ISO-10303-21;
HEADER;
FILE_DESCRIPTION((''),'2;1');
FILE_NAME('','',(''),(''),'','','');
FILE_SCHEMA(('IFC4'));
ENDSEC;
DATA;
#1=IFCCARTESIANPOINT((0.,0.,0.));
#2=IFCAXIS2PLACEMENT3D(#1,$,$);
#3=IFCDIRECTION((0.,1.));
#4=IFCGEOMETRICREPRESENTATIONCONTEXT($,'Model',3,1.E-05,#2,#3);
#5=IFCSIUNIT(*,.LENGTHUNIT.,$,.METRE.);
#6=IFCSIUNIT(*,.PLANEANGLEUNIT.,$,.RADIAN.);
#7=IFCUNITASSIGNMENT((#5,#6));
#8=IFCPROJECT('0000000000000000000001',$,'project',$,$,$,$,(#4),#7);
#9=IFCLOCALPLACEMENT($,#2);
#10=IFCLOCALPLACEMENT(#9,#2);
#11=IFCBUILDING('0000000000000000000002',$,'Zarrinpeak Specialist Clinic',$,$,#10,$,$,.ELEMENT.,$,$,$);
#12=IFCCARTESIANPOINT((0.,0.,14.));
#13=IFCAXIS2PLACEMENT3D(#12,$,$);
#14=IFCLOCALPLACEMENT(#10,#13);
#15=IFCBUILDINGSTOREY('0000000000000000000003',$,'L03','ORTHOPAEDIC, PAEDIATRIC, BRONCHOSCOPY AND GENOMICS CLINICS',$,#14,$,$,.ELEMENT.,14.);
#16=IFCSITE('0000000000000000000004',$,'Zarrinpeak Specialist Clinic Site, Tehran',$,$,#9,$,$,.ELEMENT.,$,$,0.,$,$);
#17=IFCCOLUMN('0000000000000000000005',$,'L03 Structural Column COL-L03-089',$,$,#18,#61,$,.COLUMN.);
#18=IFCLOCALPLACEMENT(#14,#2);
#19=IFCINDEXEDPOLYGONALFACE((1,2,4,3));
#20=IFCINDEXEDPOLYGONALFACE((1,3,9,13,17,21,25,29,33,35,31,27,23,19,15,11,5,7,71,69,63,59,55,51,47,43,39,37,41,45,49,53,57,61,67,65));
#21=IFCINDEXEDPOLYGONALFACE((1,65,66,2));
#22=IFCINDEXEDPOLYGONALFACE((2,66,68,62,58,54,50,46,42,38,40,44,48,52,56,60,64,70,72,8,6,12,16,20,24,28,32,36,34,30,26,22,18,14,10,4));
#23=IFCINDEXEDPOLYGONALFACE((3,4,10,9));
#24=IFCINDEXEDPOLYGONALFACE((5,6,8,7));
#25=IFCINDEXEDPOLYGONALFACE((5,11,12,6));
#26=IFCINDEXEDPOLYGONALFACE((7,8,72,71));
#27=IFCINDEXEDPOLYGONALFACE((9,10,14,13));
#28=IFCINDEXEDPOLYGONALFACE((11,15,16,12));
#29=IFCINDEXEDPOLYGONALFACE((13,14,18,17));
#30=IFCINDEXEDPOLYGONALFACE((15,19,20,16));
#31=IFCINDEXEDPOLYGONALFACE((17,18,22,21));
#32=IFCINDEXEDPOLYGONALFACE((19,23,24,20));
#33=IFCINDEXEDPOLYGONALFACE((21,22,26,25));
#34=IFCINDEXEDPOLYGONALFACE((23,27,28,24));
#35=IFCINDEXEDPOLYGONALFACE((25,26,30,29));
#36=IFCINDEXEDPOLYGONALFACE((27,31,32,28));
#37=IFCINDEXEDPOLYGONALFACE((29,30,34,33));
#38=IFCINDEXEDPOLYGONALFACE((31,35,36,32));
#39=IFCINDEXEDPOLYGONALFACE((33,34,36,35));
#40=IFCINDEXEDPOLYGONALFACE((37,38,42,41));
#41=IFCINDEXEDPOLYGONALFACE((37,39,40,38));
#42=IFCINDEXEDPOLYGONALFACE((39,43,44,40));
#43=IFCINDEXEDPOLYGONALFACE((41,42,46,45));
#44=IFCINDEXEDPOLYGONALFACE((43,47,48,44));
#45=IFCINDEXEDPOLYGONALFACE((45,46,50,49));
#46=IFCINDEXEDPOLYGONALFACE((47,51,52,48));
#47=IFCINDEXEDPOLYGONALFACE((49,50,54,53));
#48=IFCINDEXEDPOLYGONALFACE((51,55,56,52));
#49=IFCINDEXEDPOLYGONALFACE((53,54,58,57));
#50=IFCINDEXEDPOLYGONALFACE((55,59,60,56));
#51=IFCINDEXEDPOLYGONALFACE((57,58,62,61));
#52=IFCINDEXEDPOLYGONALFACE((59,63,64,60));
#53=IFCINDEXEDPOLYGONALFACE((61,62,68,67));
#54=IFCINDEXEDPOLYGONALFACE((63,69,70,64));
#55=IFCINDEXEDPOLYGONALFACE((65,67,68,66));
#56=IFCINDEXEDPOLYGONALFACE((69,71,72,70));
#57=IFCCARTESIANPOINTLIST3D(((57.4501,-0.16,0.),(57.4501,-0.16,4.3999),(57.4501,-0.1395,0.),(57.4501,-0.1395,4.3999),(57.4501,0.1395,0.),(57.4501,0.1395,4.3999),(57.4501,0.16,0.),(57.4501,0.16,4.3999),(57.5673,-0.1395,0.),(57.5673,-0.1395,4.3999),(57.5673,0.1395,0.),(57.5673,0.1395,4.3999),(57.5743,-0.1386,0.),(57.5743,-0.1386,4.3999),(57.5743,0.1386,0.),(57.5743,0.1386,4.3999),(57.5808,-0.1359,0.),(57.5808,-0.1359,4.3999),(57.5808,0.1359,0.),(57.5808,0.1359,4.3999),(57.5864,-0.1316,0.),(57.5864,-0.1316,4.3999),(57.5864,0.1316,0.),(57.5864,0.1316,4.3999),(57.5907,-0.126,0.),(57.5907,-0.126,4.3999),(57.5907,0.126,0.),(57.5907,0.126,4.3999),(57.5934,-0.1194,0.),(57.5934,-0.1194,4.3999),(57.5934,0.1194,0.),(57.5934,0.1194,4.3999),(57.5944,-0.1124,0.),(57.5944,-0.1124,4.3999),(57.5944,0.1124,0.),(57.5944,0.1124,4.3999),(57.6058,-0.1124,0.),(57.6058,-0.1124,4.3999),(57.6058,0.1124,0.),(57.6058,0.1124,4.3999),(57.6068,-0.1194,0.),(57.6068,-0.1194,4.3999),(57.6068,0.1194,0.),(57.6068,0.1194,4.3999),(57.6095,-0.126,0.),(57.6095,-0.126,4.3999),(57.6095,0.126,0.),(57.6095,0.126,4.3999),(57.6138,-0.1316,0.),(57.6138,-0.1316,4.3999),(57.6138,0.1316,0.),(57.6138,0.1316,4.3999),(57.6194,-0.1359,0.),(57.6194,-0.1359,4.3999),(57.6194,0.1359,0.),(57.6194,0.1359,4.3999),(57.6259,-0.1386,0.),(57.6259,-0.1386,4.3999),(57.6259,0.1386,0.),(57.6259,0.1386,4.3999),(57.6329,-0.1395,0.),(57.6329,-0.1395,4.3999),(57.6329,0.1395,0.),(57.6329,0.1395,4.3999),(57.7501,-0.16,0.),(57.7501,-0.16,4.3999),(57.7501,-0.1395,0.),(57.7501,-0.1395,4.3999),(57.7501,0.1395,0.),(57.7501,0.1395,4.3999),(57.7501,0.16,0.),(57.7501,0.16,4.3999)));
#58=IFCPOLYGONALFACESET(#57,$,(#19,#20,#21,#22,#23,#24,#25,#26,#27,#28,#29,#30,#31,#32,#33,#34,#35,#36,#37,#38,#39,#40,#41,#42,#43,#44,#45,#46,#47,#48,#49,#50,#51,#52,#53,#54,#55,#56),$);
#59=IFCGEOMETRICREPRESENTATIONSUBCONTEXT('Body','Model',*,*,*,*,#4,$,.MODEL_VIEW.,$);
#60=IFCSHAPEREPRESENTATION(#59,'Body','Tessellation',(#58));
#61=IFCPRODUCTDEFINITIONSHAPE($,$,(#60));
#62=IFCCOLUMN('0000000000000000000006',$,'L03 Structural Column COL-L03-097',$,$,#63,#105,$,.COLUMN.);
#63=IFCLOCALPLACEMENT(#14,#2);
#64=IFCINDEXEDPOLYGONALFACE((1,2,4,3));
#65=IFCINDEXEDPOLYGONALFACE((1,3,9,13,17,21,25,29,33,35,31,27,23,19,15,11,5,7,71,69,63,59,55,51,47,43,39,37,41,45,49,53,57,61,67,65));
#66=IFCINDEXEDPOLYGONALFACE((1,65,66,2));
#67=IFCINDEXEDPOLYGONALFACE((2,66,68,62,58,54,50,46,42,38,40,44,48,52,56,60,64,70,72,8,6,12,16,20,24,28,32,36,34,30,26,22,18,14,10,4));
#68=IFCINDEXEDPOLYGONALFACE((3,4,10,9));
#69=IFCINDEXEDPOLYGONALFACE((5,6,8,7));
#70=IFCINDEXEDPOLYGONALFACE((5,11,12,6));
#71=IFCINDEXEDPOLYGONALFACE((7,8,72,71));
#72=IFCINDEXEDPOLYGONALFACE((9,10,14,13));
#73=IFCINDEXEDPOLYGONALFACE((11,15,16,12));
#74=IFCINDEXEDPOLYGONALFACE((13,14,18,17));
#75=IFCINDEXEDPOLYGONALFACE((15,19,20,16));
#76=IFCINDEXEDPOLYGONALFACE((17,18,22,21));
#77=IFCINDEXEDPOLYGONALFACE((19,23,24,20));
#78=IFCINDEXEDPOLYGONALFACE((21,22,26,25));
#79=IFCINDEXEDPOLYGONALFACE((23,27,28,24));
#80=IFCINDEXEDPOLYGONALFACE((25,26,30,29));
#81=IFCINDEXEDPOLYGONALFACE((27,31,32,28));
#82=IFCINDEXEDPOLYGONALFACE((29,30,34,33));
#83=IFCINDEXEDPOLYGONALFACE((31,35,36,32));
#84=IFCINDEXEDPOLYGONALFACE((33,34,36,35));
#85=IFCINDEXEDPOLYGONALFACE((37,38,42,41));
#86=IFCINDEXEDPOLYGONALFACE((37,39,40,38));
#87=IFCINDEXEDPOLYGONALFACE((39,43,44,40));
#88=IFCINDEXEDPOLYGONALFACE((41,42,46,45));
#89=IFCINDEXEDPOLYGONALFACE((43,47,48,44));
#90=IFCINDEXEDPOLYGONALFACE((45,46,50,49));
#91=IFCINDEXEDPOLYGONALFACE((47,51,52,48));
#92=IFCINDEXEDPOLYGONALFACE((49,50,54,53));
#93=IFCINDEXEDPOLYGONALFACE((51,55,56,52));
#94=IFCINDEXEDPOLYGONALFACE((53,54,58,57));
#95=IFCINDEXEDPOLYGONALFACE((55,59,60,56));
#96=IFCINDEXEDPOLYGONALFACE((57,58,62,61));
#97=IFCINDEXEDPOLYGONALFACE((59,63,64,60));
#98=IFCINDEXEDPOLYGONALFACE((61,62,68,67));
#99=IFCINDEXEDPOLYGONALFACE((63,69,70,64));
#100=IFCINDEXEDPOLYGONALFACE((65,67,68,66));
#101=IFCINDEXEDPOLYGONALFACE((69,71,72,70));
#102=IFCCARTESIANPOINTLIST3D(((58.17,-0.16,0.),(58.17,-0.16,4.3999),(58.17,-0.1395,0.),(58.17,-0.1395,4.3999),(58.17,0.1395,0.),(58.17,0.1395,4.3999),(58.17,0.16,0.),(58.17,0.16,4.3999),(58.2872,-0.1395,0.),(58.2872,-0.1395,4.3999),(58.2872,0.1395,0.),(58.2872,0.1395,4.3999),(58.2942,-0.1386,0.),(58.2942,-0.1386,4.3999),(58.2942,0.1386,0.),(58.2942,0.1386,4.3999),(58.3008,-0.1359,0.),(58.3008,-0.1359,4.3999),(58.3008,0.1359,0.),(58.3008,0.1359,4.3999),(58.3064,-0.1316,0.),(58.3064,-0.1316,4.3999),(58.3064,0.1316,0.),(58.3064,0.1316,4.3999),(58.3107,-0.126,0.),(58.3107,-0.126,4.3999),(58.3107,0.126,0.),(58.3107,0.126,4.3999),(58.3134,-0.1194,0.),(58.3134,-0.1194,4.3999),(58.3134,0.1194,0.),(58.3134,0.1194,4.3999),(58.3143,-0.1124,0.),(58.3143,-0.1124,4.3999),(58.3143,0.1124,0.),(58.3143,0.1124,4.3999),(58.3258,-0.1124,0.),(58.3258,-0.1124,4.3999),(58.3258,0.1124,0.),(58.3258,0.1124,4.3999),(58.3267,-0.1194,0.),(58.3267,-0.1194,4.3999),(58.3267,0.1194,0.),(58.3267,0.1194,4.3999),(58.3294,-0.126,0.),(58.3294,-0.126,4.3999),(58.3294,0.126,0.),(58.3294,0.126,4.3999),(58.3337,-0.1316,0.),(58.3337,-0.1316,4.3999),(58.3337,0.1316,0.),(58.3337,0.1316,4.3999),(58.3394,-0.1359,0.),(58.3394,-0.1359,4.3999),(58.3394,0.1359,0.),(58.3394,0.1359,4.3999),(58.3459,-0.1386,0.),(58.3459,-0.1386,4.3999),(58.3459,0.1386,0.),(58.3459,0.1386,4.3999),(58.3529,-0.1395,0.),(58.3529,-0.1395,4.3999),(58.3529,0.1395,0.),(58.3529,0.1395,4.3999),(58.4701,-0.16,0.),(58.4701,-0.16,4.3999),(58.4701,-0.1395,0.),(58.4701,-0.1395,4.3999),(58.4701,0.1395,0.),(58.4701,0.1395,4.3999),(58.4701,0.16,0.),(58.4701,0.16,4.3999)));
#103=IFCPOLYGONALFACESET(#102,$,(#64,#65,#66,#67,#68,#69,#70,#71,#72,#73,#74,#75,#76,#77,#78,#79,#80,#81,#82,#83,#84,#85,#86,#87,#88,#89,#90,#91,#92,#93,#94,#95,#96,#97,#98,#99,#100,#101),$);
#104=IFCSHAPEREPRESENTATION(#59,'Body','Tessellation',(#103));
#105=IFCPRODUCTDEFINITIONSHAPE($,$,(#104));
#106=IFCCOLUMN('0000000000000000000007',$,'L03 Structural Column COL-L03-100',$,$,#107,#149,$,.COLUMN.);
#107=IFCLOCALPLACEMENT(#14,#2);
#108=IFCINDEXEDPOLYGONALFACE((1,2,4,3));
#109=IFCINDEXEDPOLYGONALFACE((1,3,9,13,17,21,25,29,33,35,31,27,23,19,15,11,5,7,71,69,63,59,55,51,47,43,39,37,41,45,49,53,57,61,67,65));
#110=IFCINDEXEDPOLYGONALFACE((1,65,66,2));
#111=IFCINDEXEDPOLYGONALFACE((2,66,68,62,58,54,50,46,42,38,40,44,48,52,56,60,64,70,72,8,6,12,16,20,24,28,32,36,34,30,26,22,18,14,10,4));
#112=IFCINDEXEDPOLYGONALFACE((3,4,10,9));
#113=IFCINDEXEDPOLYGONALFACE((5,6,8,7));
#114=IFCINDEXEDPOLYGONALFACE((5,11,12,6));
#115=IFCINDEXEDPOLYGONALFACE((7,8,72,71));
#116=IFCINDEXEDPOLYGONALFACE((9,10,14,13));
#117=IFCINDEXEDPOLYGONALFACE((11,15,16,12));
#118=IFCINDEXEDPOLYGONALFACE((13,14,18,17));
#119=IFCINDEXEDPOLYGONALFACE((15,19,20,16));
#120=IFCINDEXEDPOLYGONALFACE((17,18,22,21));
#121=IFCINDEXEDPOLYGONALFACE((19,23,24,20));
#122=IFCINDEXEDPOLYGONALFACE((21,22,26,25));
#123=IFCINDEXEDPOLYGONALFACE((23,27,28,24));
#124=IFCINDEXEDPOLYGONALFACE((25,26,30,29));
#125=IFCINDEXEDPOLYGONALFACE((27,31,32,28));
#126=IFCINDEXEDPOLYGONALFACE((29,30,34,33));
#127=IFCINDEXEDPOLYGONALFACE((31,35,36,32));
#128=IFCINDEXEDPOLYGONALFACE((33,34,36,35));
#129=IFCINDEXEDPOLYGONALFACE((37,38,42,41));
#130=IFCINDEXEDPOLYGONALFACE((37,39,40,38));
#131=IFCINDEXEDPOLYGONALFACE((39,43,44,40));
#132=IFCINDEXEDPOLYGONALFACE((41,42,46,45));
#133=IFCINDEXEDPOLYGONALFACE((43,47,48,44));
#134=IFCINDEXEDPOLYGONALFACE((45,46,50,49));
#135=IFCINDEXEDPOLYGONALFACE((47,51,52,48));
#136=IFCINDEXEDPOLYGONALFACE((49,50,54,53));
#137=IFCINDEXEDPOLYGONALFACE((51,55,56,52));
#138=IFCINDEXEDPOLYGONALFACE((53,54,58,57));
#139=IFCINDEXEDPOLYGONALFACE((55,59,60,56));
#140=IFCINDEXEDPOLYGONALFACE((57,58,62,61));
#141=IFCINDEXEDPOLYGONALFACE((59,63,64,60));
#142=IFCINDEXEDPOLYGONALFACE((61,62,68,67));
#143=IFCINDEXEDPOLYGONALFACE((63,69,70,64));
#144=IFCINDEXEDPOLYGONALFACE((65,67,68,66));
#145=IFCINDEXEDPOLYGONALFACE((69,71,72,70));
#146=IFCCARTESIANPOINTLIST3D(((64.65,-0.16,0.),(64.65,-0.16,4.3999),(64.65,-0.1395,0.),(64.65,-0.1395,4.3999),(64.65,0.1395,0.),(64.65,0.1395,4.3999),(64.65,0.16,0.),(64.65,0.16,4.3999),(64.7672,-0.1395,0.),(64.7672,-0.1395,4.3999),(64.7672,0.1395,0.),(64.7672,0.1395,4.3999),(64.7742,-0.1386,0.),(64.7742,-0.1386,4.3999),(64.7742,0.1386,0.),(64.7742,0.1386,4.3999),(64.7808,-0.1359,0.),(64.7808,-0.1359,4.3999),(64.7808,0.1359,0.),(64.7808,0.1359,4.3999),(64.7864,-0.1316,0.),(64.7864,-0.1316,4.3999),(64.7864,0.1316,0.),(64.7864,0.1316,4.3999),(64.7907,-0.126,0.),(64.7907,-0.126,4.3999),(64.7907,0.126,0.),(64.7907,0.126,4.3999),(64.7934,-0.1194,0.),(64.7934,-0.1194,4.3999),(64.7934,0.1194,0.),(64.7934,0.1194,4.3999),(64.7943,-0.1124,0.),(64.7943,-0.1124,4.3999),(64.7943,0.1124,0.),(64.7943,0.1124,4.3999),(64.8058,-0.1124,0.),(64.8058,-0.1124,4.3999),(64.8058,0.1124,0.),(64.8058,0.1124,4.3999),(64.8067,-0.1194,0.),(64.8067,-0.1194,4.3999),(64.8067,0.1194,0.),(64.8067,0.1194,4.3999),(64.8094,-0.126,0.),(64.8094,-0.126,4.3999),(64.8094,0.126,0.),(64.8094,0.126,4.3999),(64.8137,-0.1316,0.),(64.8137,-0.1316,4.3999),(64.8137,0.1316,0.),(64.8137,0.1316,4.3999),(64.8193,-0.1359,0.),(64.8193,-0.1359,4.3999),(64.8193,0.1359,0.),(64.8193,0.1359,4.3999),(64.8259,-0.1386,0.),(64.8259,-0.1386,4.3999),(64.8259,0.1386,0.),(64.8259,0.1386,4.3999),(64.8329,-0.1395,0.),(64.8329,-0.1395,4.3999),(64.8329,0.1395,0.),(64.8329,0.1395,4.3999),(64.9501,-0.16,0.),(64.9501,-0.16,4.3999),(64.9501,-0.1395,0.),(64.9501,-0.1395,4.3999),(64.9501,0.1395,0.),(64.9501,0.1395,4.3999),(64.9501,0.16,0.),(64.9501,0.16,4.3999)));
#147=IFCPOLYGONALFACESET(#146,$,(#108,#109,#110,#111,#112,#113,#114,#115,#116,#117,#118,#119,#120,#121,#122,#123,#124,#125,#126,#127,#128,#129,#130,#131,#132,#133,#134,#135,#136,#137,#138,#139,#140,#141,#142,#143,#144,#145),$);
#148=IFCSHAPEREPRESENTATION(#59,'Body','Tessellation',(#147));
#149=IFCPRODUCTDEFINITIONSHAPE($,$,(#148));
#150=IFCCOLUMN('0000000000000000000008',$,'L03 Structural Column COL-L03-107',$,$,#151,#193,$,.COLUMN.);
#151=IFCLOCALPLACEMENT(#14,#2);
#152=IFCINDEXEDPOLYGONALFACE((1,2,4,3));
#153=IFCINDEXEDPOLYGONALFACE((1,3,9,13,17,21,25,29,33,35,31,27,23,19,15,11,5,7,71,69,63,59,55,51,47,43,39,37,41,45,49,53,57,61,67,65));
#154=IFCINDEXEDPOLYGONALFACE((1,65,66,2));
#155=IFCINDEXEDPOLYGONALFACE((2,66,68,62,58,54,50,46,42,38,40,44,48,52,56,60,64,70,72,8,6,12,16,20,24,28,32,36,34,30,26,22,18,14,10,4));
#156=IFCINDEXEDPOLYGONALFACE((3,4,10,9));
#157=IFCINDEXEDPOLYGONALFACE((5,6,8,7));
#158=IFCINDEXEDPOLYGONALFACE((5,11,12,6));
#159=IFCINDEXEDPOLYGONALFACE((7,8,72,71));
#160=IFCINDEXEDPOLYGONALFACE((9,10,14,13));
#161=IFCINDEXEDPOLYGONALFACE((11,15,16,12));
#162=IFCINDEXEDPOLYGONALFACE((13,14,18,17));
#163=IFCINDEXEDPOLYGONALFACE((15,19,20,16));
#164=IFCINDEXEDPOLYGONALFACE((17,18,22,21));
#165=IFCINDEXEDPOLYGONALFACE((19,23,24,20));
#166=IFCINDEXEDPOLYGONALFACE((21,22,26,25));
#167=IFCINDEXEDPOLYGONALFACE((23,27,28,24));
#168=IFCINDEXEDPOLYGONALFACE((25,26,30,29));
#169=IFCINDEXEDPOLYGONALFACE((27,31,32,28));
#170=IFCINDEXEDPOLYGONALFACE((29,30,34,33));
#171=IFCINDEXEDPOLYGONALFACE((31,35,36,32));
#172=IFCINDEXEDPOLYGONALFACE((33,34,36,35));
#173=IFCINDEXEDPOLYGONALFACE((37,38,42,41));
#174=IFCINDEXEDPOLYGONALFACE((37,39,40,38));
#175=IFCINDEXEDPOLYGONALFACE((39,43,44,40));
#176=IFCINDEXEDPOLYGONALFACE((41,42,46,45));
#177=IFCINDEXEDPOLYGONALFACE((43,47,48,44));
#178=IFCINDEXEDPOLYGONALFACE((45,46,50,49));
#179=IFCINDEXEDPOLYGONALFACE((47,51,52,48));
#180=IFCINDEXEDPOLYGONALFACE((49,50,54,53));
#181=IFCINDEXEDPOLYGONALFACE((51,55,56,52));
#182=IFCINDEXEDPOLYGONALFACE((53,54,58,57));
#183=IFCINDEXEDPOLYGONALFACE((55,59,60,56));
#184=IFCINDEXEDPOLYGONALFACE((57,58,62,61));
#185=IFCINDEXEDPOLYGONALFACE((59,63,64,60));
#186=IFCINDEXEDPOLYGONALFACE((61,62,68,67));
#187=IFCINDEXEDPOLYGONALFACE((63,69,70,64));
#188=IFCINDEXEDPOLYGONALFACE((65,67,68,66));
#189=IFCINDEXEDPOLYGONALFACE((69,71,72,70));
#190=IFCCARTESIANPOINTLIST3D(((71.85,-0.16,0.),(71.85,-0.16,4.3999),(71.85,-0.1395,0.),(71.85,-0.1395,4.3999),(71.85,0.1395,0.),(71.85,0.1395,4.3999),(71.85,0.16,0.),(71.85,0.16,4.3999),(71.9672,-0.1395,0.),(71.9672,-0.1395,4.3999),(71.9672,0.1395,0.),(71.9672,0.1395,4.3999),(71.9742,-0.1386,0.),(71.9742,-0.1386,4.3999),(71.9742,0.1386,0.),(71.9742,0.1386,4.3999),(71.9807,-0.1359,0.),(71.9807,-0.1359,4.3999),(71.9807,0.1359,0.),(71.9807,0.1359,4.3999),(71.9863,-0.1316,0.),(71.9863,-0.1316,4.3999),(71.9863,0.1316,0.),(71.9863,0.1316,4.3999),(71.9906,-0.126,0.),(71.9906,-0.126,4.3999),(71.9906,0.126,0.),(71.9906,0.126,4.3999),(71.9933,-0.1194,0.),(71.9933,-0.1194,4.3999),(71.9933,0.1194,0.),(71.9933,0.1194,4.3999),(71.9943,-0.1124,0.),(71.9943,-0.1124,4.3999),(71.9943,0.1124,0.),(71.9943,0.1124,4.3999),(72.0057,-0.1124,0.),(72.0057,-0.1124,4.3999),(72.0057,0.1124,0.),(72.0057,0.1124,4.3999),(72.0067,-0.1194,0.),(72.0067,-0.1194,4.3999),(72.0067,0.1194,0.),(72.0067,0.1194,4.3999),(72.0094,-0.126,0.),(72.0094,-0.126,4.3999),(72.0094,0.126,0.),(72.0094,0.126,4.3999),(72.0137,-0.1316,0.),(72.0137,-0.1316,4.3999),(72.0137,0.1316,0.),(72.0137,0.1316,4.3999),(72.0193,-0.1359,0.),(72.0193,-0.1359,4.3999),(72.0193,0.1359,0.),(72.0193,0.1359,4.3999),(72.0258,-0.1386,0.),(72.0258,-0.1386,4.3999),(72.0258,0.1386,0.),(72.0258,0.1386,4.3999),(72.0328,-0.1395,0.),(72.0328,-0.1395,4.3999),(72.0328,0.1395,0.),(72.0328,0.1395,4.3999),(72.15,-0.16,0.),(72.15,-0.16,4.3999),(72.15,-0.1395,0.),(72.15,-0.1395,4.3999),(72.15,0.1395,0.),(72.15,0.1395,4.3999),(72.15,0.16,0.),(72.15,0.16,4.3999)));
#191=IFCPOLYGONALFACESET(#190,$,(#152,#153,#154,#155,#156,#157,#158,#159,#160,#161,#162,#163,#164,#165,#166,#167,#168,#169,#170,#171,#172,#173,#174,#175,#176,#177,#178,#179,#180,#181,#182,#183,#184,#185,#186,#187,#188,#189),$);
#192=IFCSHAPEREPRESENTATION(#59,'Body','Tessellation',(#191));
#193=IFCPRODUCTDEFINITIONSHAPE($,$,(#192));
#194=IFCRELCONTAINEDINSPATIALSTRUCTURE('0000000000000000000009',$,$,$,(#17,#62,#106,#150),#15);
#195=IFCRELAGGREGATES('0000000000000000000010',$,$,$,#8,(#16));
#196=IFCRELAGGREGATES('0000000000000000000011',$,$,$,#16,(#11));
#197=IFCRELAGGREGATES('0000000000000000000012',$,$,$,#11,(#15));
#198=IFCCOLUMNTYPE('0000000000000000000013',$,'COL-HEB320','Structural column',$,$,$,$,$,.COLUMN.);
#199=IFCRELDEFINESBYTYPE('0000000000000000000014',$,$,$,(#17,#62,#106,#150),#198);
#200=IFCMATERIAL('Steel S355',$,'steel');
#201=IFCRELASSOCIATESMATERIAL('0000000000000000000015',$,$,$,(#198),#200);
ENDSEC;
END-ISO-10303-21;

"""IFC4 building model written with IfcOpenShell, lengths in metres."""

from ifc_helpers import new_model, si_unit, direction, frame, origin, origin_2d, place, context, subcontext, project, spatial, i_section, extrude, material, material_profile, profile_set, type_object, element, save


model = new_model("IFC4")

# Units and contexts
model_context = context("Model", 3, precision=1e-05, world=origin(), true_north=direction((0.0, 1.0)))
body_context = subcontext(model_context, "Body", "Model", "MODEL_VIEW")
ifc_project = project(units=[si_unit("LENGTHUNIT", "METRE"), si_unit("PLANEANGLEUNIT", "RADIAN")], contexts=[model_context])

# Site, building, storey
site_placement = place(None, origin())
site = spatial("IfcSite", under=ifc_project, at=site_placement, Name="Zarrinpeak Specialist Clinic Site, Tehran", CompositionType="ELEMENT", RefElevation=0.0)
building_placement = place(site_placement, origin())
building = spatial("IfcBuilding", under=site, at=building_placement, Name="Zarrinpeak Specialist Clinic", CompositionType="ELEMENT")
storey_placement = place(building_placement, frame((0.0, 0.0, 14.0)))
storey = spatial("IfcBuildingStorey", under=building, at=storey_placement, Name="L03", Description="ORTHOPAEDIC, PAEDIATRIC, BRONCHOSCOPY AND GENOMICS CLINICS", CompositionType="ELEMENT", Elevation=14.0)

# Columns
ifc_material_1 = material(Name="Steel S355", Category="steel")
ifc_material_profile_1 = material_profile(ifc_material_1, i_section(OverallWidth=0.3, OverallDepth=0.3201, WebThickness=0.0115, FlangeThickness=0.0205, FilletRadius=0.0271, at=origin_2d()), Name="HEB 320")
ifc_profile_set_1 = profile_set([ifc_material_profile_1], Name="Steel S355")
column_type = type_object("IfcColumnType", Name="COL-HEB320", Description="Structural column", PredefinedType="COLUMN", material=ifc_profile_set_1)
for number, where, z_axis, x_axis, name in (
    (1, (57.6001, 0.0, 0.0), (0.0, 0.0, 1.0), (1.0, 0.0, 0.0), "L03 Structural Column COL-L03-089"),
    (2, (58.3201, 0.0, 0.0), (0.0, 0.0, 1.0), (1.0, 0.0, 0.0), "L03 Structural Column COL-L03-097"),
    (3, (64.8, 0.0, 0.0), (0.0, 0.0, 1.0), (1.0, 0.0, 0.0), "L03 Structural Column COL-L03-100"),
    (4, (72.0, 0.0, 0.0), (0.0, 0.0, 1.0), (1.0, 0.0, 0.0), "L03 Structural Column COL-L03-107"),
):
    element("IfcColumn", number, at=place(storey_placement, frame(where, z_axis=z_axis, x_axis=x_axis)), inside=storey, type_object=column_type, Name=name, PredefinedType="COLUMN", context=body_context, shape_type="SweptSolid", body=[
        extrude(i_section(OverallWidth=0.3, OverallDepth=0.3201, WebThickness=0.0115, FlangeThickness=0.0205, FilletRadius=0.0271, at=origin_2d()), origin(), (0.0, 0.0, 1.0), 4.3999),
    ])

save(model, "model.ifc")
